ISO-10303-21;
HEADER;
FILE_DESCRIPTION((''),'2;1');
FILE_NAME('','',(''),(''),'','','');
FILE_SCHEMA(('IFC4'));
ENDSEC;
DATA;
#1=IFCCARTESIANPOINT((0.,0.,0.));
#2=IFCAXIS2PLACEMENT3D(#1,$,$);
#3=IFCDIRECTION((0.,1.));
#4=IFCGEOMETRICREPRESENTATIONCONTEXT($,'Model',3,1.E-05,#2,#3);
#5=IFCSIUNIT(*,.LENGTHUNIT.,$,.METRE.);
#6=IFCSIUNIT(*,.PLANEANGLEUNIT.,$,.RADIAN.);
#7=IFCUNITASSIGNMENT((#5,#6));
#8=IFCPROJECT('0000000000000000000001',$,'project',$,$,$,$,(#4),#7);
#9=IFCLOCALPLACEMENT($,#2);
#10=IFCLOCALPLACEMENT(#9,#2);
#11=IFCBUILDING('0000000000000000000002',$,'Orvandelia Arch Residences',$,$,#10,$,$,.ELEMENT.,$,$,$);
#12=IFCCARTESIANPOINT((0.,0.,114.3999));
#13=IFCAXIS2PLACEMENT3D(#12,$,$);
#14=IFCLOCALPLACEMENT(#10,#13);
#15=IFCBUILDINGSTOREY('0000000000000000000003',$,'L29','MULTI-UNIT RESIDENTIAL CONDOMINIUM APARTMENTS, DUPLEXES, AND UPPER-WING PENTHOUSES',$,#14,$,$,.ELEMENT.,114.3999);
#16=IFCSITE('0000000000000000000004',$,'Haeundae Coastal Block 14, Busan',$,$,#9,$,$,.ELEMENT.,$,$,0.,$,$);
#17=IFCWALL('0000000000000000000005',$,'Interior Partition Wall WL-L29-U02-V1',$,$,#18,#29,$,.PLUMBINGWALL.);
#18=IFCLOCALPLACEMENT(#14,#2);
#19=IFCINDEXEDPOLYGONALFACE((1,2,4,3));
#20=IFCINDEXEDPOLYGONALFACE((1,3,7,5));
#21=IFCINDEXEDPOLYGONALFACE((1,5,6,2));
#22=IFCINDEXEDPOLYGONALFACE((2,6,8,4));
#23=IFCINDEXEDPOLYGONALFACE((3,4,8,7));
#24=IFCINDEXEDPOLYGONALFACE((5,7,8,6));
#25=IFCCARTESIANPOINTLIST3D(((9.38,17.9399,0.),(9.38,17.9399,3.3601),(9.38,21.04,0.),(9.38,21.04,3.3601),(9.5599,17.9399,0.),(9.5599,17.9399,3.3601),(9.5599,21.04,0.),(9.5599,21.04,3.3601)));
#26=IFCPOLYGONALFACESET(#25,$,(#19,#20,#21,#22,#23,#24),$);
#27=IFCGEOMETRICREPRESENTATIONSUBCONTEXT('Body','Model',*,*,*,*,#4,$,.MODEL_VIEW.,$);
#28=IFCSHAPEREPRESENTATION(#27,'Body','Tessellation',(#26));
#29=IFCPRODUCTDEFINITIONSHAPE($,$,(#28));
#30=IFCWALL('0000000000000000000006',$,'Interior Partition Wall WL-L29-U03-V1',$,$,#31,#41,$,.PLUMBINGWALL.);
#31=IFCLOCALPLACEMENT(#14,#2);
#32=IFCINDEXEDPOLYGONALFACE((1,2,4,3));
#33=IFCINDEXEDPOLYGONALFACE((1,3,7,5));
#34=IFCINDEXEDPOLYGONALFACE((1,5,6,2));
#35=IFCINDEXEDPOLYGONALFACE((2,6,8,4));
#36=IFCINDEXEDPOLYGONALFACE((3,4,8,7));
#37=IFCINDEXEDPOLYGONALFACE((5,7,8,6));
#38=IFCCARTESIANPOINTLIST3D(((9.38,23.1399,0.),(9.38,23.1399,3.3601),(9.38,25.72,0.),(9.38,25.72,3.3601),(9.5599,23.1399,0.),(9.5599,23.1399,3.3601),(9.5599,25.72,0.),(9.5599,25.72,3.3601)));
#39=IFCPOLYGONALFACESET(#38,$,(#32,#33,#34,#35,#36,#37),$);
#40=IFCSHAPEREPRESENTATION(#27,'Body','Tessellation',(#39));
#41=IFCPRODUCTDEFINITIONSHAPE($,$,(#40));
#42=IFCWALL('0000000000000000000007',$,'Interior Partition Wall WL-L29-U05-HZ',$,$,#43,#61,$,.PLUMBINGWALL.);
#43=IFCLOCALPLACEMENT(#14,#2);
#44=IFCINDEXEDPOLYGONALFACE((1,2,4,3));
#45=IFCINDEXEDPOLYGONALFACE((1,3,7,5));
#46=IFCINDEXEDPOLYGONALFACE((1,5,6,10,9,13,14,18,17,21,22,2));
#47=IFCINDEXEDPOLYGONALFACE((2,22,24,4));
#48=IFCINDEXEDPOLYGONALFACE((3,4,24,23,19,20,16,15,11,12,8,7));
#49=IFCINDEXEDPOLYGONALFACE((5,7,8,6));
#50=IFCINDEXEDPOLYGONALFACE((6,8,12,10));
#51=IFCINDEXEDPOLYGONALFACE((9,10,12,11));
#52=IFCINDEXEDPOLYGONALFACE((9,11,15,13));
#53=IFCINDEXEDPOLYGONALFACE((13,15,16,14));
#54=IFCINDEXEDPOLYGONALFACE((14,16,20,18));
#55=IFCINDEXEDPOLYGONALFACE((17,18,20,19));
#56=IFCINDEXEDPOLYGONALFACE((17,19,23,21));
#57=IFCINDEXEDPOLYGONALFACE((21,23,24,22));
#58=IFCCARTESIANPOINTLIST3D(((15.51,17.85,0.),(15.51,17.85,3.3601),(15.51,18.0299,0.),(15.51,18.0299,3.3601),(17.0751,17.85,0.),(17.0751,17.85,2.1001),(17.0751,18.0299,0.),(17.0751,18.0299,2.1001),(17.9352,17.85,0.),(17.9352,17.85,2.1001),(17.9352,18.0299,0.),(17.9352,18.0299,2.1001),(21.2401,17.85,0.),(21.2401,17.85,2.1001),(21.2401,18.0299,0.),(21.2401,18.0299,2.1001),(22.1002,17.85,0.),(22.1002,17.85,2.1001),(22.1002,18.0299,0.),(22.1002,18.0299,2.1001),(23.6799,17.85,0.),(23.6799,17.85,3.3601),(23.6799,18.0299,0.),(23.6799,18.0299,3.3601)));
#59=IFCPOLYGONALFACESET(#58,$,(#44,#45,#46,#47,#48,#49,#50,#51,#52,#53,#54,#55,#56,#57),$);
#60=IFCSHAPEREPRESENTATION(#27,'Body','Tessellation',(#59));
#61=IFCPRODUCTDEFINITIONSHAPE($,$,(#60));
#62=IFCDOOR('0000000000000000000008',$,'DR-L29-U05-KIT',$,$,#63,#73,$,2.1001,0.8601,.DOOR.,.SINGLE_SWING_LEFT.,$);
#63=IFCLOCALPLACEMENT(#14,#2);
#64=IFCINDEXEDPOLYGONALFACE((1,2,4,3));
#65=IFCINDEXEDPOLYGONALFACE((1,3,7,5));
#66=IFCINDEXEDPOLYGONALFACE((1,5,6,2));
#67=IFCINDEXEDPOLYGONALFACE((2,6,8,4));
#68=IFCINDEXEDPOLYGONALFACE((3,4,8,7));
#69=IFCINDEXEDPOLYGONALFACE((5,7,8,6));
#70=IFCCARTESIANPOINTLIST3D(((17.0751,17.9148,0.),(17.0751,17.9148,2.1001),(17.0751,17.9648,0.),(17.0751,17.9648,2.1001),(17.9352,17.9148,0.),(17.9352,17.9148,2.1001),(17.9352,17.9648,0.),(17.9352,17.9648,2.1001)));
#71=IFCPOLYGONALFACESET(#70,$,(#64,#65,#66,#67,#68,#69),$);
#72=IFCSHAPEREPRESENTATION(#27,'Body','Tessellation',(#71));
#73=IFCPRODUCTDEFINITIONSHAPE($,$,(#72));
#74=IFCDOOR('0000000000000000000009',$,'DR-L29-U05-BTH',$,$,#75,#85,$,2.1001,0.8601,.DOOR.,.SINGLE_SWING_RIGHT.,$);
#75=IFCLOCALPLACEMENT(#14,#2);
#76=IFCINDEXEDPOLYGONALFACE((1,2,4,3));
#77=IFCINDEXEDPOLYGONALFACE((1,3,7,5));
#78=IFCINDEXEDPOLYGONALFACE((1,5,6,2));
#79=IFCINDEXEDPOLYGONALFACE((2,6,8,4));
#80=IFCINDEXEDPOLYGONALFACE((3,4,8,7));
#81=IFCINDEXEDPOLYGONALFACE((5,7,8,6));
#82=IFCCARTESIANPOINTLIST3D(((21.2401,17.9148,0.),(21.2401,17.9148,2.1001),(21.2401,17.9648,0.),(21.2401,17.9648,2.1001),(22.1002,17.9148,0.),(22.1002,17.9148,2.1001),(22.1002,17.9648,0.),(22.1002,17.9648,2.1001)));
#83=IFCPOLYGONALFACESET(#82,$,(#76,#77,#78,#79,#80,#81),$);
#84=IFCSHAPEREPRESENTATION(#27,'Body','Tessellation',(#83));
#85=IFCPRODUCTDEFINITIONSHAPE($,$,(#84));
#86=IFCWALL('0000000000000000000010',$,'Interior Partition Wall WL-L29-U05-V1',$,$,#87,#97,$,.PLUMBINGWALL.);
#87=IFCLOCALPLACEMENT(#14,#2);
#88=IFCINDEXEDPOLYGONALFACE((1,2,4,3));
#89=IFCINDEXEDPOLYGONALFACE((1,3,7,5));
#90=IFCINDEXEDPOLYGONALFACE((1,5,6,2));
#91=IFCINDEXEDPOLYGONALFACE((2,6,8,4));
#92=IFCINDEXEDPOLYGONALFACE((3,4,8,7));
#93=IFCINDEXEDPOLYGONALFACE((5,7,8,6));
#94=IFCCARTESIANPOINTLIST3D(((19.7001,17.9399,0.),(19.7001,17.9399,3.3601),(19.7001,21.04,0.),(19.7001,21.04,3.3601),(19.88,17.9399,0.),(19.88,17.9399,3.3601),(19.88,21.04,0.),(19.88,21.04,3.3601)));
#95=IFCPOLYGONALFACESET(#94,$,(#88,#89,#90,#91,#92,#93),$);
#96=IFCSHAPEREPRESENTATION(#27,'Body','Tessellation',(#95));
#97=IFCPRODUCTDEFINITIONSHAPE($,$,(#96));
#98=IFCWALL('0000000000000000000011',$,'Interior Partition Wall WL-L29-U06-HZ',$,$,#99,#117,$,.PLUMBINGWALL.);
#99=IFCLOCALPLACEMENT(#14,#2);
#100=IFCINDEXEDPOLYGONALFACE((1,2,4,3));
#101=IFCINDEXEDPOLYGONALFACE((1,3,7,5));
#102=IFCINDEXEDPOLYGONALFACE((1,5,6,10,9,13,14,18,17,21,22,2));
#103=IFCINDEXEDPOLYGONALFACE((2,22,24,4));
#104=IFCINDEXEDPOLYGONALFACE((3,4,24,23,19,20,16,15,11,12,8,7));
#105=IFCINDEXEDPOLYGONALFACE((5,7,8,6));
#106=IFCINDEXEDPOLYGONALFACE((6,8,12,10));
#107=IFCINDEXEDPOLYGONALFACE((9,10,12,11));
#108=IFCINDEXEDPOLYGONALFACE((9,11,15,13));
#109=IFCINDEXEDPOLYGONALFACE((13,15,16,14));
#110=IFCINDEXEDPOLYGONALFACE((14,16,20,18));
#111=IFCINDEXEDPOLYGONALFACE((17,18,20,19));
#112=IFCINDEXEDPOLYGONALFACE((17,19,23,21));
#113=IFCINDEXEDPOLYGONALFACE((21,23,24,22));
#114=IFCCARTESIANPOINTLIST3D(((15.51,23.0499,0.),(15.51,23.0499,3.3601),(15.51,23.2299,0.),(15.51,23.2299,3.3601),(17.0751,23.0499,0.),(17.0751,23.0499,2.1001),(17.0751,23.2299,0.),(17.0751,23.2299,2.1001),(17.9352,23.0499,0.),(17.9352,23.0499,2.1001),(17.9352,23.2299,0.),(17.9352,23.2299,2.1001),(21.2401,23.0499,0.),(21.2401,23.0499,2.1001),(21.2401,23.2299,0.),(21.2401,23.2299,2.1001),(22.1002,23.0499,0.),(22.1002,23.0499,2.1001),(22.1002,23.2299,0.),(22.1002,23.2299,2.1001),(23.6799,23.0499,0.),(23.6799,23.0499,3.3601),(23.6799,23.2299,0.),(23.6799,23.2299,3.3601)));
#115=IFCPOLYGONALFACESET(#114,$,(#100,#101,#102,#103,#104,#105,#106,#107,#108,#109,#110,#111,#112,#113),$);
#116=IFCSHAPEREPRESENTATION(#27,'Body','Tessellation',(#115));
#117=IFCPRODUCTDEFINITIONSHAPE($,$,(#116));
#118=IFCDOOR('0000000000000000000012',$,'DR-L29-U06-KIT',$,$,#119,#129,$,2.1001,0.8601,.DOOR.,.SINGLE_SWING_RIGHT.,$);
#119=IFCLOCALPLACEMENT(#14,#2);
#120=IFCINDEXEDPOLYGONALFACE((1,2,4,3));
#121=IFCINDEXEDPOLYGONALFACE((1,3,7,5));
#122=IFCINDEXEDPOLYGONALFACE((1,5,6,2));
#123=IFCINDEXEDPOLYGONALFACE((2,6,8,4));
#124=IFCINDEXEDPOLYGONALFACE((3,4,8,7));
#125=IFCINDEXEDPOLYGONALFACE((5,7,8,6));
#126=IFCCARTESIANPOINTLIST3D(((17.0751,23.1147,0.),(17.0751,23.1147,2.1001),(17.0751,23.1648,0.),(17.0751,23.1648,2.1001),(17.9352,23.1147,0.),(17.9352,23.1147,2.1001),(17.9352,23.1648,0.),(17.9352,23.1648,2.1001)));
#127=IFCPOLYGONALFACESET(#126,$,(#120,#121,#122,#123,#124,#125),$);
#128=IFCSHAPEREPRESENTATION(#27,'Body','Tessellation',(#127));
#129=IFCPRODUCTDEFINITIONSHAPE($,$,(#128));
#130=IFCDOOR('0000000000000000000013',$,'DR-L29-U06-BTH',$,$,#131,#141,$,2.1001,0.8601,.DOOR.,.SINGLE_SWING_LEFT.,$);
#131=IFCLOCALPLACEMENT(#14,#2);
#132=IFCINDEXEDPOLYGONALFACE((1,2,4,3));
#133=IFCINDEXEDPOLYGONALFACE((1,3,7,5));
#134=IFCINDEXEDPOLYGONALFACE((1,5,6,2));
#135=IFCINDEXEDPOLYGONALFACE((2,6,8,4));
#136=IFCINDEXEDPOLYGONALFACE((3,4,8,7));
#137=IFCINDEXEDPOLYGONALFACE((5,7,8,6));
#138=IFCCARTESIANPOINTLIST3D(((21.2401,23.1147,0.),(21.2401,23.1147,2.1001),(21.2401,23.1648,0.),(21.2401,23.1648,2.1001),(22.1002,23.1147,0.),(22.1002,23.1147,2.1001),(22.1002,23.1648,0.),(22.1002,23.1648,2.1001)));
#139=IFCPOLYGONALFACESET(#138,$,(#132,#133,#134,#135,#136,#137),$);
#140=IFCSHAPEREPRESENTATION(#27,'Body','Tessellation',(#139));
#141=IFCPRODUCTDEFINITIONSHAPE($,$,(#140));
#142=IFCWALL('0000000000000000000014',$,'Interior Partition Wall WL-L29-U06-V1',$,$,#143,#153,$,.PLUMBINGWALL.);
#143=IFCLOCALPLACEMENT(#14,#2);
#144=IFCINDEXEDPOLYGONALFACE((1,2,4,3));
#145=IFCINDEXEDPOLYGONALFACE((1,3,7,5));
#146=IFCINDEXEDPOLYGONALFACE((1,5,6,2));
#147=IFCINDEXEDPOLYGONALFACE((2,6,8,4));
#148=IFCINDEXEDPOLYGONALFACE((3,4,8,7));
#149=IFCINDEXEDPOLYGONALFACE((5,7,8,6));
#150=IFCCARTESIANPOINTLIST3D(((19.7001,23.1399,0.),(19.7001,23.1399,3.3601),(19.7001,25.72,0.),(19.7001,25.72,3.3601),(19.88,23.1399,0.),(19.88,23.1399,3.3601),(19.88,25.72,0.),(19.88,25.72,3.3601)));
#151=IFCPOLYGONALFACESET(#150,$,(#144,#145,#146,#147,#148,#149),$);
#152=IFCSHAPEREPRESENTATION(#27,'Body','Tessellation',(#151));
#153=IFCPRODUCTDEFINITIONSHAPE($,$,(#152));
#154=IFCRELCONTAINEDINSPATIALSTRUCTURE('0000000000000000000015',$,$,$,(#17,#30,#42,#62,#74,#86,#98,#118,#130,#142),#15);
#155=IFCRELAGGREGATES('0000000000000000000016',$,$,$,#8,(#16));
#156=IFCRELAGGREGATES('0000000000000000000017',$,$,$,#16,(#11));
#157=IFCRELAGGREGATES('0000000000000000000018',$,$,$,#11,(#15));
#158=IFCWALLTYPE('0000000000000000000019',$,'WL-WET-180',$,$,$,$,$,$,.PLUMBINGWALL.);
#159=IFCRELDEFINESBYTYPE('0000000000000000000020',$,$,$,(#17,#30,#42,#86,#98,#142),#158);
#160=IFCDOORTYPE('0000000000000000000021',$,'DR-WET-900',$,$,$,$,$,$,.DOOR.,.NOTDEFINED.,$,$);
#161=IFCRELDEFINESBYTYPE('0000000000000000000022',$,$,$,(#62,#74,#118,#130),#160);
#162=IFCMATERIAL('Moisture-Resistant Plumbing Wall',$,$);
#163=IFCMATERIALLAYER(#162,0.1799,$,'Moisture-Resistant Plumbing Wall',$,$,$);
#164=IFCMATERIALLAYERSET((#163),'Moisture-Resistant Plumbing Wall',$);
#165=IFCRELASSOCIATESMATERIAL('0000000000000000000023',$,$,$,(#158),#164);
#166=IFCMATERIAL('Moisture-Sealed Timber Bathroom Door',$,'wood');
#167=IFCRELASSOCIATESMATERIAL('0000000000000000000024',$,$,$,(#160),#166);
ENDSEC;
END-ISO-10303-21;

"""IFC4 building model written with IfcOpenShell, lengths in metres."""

from ifc_helpers import new_model, si_unit, direction, frame, frame_2d, origin, place, context, subcontext, project, spatial, rectangle, extrude, material, layer, layer_set, type_object, element, fill, save


model = new_model("IFC4")

# Units and contexts
model_context = context("Model", 3, precision=1e-05, world=origin(), true_north=direction((0.0, 1.0)))
body_context = subcontext(model_context, "Body", "Model", "MODEL_VIEW")
ifc_project = project(units=[si_unit("LENGTHUNIT", "METRE"), si_unit("PLANEANGLEUNIT", "RADIAN")], contexts=[model_context])

# Site, building, storey
site_placement = place(None, origin())
site = spatial("IfcSite", under=ifc_project, at=site_placement, Name="Haeundae Coastal Block 14, Busan", CompositionType="ELEMENT", RefElevation=0.0)
building_placement = place(site_placement, origin())
building = spatial("IfcBuilding", under=site, at=building_placement, Name="Orvandelia Arch Residences", CompositionType="ELEMENT")
storey_placement = place(building_placement, frame((0.0, 0.0, 114.3999)))
storey = spatial("IfcBuildingStorey", under=building, at=storey_placement, Name="L29", Description="MULTI-UNIT RESIDENTIAL CONDOMINIUM APARTMENTS, DUPLEXES, AND UPPER-WING PENTHOUSES", CompositionType="ELEMENT", Elevation=114.3999)

# Walls
ifc_material_1 = material(Name="Moisture-Resistant Plumbing Wall")
ifc_layer_1 = layer(ifc_material_1, 0.1799, Name="Moisture-Resistant Plumbing Wall")
ifc_layer_set_1 = layer_set([ifc_layer_1], Name="Moisture-Resistant Plumbing Wall")
wall_type_1 = type_object("IfcWallType", Name="WL-WET-180", PredefinedType="PLUMBINGWALL", material=ifc_layer_set_1)
wall_1_placement = place(storey_placement, frame((9.47, 17.9399, 0.0), z_axis=(0.0, 0.0, 1.0), x_axis=(0.0, 1.0, 0.0)))
element("IfcWall", 1, at=wall_1_placement, inside=storey, type_object=wall_type_1, Name="Interior Partition Wall WL-L29-U02-V1", PredefinedType="PLUMBINGWALL", context=body_context, shape_type="SweptSolid", body=[
    extrude(rectangle(XDim=3.1001, YDim=0.1799, at=frame_2d((1.55, 0.0))), origin(), (0.0, 0.0, 1.0), 3.3601),
])
wall_2_placement = place(storey_placement, frame((9.47, 23.1399, 0.0), z_axis=(0.0, 0.0, 1.0), x_axis=(0.0, 1.0, 0.0)))
element("IfcWall", 2, at=wall_2_placement, inside=storey, type_object=wall_type_1, Name="Interior Partition Wall WL-L29-U03-V1", PredefinedType="PLUMBINGWALL", context=body_context, shape_type="SweptSolid", body=[
    extrude(rectangle(XDim=2.5801, YDim=0.1799, at=frame_2d((1.29, 0.0))), origin(), (0.0, 0.0, 1.0), 3.3601),
])

# Wall, openings, doors
wall_3_placement = place(storey_placement, frame((15.51, 17.9399, 0.0), z_axis=(0.0, 0.0, 1.0), x_axis=(1.0, 0.0, 0.0)))
wall_3 = element("IfcWall", 3, at=wall_3_placement, inside=storey, type_object=wall_type_1, Name="Interior Partition Wall WL-L29-U05-HZ", PredefinedType="PLUMBINGWALL", context=body_context, shape_type="SweptSolid", body=[
    extrude(rectangle(XDim=8.1699, YDim=0.1799, at=frame_2d((4.085, 0.0))), origin(), (0.0, 0.0, 1.0), 3.3601),
])
opening_1_placement = place(wall_3_placement, frame((1.5649, 0.0, 0.0)))
opening_1 = element("IfcOpeningElement", 4, at=opening_1_placement, cuts=wall_3, PredefinedType="OPENING", context=body_context, shape_type="SweptSolid", body=[
    extrude(rectangle(XDim=0.8601, YDim=2.1001, at=frame_2d((0.4302, 1.05))), frame((0.0, 0.1001, 0.0), z_axis=(0.0, -1.0, 0.0), x_axis=(1.0, 0.0, 0.0)), (0.0, 0.0, 1.0), 0.2),
])
opening_2_placement = place(wall_3_placement, frame((5.73, 0.0, 0.0)))
opening_2 = element("IfcOpeningElement", 5, at=opening_2_placement, cuts=wall_3, PredefinedType="OPENING", context=body_context, shape_type="SweptSolid", body=[
    extrude(rectangle(XDim=0.8601, YDim=2.1001, at=frame_2d((0.4302, 1.05))), frame((0.0, 0.1001, 0.0), z_axis=(0.0, -1.0, 0.0), x_axis=(1.0, 0.0, 0.0)), (0.0, 0.0, 1.0), 0.2),
])
ifc_material_2 = material(Name="Moisture-Sealed Timber Bathroom Door", Category="wood")
door_type_1 = type_object("IfcDoorType", Name="DR-WET-900", OperationType="NOTDEFINED", PredefinedType="DOOR", material=ifc_material_2)
door_1_placement = place(opening_1_placement, origin())
door_1 = element("IfcDoor", 6, at=door_1_placement, inside=storey, type_object=door_type_1, Name="DR-L29-U05-KIT", OperationType="SINGLE_SWING_LEFT", OverallHeight=2.1001, OverallWidth=0.8601, PredefinedType="DOOR", context=body_context, shape_type="SweptSolid", body=[
    extrude(rectangle(XDim=0.8601, YDim=2.1001, at=frame_2d((0.4302, 1.05))), frame((0.0, 0.0249, 0.0), z_axis=(0.0, -1.0, 0.0), x_axis=(1.0, 0.0, 0.0)), (0.0, 0.0, 1.0), 0.05),
])
fill(opening_1, door_1)
door_2_placement = place(opening_2_placement, origin())
door_2 = element("IfcDoor", 7, at=door_2_placement, inside=storey, type_object=door_type_1, Name="DR-L29-U05-BTH", OperationType="SINGLE_SWING_RIGHT", OverallHeight=2.1001, OverallWidth=0.8601, PredefinedType="DOOR", context=body_context, shape_type="SweptSolid", body=[
    extrude(rectangle(XDim=0.8601, YDim=2.1001, at=frame_2d((0.4302, 1.05))), frame((0.0, 0.0249, 0.0), z_axis=(0.0, -1.0, 0.0), x_axis=(1.0, 0.0, 0.0)), (0.0, 0.0, 1.0), 0.05),
])
fill(opening_2, door_2)

# Wall
wall_4_placement = place(storey_placement, frame((19.79, 17.9399, 0.0), z_axis=(0.0, 0.0, 1.0), x_axis=(0.0, 1.0, 0.0)))
element("IfcWall", 8, at=wall_4_placement, inside=storey, type_object=wall_type_1, Name="Interior Partition Wall WL-L29-U05-V1", PredefinedType="PLUMBINGWALL", context=body_context, shape_type="SweptSolid", body=[
    extrude(rectangle(XDim=3.1001, YDim=0.1799, at=frame_2d((1.55, 0.0))), origin(), (0.0, 0.0, 1.0), 3.3601),
])

# Wall, openings, doors
wall_5_placement = place(storey_placement, frame((15.51, 23.1399, 0.0), z_axis=(0.0, 0.0, 1.0), x_axis=(1.0, 0.0, 0.0)))
wall_5 = element("IfcWall", 9, at=wall_5_placement, inside=storey, type_object=wall_type_1, Name="Interior Partition Wall WL-L29-U06-HZ", PredefinedType="PLUMBINGWALL", context=body_context, shape_type="SweptSolid", body=[
    extrude(rectangle(XDim=8.1699, YDim=0.1799, at=frame_2d((4.085, 0.0))), origin(), (0.0, 0.0, 1.0), 3.3601),
])
opening_3_placement = place(wall_5_placement, frame((1.5649, 0.0, 0.0)))
opening_3 = element("IfcOpeningElement", 10, at=opening_3_placement, cuts=wall_5, PredefinedType="OPENING", context=body_context, shape_type="SweptSolid", body=[
    extrude(rectangle(XDim=0.8601, YDim=2.1001, at=frame_2d((0.4302, 1.05))), frame((0.0, 0.1001, 0.0), z_axis=(0.0, -1.0, 0.0), x_axis=(1.0, 0.0, 0.0)), (0.0, 0.0, 1.0), 0.2),
])
opening_4_placement = place(wall_5_placement, frame((5.73, 0.0, 0.0)))
opening_4 = element("IfcOpeningElement", 11, at=opening_4_placement, cuts=wall_5, PredefinedType="OPENING", context=body_context, shape_type="SweptSolid", body=[
    extrude(rectangle(XDim=0.8601, YDim=2.1001, at=frame_2d((0.4302, 1.05))), frame((0.0, 0.1001, 0.0), z_axis=(0.0, -1.0, 0.0), x_axis=(1.0, 0.0, 0.0)), (0.0, 0.0, 1.0), 0.2),
])
door_3_placement = place(opening_3_placement, origin())
door_3 = element("IfcDoor", 12, at=door_3_placement, inside=storey, type_object=door_type_1, Name="DR-L29-U06-KIT", OperationType="SINGLE_SWING_RIGHT", OverallHeight=2.1001, OverallWidth=0.8601, PredefinedType="DOOR", context=body_context, shape_type="SweptSolid", body=[
    extrude(rectangle(XDim=0.8601, YDim=2.1001, at=frame_2d((0.4302, 1.05))), frame((0.0, 0.0249, 0.0), z_axis=(0.0, -1.0, 0.0), x_axis=(1.0, 0.0, 0.0)), (0.0, 0.0, 1.0), 0.05),
])
fill(opening_3, door_3)
door_4_placement = place(opening_4_placement, origin())
door_4 = element("IfcDoor", 13, at=door_4_placement, inside=storey, type_object=door_type_1, Name="DR-L29-U06-BTH", OperationType="SINGLE_SWING_LEFT", OverallHeight=2.1001, OverallWidth=0.8601, PredefinedType="DOOR", context=body_context, shape_type="SweptSolid", body=[
    extrude(rectangle(XDim=0.8601, YDim=2.1001, at=frame_2d((0.4302, 1.05))), frame((0.0, 0.0249, 0.0), z_axis=(0.0, -1.0, 0.0), x_axis=(1.0, 0.0, 0.0)), (0.0, 0.0, 1.0), 0.05),
])
fill(opening_4, door_4)

# Wall
wall_6_placement = place(storey_placement, frame((19.79, 23.1399, 0.0), z_axis=(0.0, 0.0, 1.0), x_axis=(0.0, 1.0, 0.0)))
element("IfcWall", 14, at=wall_6_placement, inside=storey, type_object=wall_type_1, Name="Interior Partition Wall WL-L29-U06-V1", PredefinedType="PLUMBINGWALL", context=body_context, shape_type="SweptSolid", body=[
    extrude(rectangle(XDim=2.5801, YDim=0.1799, at=frame_2d((1.29, 0.0))), origin(), (0.0, 0.0, 1.0), 3.3601),
])

save(model, "model.ifc")
